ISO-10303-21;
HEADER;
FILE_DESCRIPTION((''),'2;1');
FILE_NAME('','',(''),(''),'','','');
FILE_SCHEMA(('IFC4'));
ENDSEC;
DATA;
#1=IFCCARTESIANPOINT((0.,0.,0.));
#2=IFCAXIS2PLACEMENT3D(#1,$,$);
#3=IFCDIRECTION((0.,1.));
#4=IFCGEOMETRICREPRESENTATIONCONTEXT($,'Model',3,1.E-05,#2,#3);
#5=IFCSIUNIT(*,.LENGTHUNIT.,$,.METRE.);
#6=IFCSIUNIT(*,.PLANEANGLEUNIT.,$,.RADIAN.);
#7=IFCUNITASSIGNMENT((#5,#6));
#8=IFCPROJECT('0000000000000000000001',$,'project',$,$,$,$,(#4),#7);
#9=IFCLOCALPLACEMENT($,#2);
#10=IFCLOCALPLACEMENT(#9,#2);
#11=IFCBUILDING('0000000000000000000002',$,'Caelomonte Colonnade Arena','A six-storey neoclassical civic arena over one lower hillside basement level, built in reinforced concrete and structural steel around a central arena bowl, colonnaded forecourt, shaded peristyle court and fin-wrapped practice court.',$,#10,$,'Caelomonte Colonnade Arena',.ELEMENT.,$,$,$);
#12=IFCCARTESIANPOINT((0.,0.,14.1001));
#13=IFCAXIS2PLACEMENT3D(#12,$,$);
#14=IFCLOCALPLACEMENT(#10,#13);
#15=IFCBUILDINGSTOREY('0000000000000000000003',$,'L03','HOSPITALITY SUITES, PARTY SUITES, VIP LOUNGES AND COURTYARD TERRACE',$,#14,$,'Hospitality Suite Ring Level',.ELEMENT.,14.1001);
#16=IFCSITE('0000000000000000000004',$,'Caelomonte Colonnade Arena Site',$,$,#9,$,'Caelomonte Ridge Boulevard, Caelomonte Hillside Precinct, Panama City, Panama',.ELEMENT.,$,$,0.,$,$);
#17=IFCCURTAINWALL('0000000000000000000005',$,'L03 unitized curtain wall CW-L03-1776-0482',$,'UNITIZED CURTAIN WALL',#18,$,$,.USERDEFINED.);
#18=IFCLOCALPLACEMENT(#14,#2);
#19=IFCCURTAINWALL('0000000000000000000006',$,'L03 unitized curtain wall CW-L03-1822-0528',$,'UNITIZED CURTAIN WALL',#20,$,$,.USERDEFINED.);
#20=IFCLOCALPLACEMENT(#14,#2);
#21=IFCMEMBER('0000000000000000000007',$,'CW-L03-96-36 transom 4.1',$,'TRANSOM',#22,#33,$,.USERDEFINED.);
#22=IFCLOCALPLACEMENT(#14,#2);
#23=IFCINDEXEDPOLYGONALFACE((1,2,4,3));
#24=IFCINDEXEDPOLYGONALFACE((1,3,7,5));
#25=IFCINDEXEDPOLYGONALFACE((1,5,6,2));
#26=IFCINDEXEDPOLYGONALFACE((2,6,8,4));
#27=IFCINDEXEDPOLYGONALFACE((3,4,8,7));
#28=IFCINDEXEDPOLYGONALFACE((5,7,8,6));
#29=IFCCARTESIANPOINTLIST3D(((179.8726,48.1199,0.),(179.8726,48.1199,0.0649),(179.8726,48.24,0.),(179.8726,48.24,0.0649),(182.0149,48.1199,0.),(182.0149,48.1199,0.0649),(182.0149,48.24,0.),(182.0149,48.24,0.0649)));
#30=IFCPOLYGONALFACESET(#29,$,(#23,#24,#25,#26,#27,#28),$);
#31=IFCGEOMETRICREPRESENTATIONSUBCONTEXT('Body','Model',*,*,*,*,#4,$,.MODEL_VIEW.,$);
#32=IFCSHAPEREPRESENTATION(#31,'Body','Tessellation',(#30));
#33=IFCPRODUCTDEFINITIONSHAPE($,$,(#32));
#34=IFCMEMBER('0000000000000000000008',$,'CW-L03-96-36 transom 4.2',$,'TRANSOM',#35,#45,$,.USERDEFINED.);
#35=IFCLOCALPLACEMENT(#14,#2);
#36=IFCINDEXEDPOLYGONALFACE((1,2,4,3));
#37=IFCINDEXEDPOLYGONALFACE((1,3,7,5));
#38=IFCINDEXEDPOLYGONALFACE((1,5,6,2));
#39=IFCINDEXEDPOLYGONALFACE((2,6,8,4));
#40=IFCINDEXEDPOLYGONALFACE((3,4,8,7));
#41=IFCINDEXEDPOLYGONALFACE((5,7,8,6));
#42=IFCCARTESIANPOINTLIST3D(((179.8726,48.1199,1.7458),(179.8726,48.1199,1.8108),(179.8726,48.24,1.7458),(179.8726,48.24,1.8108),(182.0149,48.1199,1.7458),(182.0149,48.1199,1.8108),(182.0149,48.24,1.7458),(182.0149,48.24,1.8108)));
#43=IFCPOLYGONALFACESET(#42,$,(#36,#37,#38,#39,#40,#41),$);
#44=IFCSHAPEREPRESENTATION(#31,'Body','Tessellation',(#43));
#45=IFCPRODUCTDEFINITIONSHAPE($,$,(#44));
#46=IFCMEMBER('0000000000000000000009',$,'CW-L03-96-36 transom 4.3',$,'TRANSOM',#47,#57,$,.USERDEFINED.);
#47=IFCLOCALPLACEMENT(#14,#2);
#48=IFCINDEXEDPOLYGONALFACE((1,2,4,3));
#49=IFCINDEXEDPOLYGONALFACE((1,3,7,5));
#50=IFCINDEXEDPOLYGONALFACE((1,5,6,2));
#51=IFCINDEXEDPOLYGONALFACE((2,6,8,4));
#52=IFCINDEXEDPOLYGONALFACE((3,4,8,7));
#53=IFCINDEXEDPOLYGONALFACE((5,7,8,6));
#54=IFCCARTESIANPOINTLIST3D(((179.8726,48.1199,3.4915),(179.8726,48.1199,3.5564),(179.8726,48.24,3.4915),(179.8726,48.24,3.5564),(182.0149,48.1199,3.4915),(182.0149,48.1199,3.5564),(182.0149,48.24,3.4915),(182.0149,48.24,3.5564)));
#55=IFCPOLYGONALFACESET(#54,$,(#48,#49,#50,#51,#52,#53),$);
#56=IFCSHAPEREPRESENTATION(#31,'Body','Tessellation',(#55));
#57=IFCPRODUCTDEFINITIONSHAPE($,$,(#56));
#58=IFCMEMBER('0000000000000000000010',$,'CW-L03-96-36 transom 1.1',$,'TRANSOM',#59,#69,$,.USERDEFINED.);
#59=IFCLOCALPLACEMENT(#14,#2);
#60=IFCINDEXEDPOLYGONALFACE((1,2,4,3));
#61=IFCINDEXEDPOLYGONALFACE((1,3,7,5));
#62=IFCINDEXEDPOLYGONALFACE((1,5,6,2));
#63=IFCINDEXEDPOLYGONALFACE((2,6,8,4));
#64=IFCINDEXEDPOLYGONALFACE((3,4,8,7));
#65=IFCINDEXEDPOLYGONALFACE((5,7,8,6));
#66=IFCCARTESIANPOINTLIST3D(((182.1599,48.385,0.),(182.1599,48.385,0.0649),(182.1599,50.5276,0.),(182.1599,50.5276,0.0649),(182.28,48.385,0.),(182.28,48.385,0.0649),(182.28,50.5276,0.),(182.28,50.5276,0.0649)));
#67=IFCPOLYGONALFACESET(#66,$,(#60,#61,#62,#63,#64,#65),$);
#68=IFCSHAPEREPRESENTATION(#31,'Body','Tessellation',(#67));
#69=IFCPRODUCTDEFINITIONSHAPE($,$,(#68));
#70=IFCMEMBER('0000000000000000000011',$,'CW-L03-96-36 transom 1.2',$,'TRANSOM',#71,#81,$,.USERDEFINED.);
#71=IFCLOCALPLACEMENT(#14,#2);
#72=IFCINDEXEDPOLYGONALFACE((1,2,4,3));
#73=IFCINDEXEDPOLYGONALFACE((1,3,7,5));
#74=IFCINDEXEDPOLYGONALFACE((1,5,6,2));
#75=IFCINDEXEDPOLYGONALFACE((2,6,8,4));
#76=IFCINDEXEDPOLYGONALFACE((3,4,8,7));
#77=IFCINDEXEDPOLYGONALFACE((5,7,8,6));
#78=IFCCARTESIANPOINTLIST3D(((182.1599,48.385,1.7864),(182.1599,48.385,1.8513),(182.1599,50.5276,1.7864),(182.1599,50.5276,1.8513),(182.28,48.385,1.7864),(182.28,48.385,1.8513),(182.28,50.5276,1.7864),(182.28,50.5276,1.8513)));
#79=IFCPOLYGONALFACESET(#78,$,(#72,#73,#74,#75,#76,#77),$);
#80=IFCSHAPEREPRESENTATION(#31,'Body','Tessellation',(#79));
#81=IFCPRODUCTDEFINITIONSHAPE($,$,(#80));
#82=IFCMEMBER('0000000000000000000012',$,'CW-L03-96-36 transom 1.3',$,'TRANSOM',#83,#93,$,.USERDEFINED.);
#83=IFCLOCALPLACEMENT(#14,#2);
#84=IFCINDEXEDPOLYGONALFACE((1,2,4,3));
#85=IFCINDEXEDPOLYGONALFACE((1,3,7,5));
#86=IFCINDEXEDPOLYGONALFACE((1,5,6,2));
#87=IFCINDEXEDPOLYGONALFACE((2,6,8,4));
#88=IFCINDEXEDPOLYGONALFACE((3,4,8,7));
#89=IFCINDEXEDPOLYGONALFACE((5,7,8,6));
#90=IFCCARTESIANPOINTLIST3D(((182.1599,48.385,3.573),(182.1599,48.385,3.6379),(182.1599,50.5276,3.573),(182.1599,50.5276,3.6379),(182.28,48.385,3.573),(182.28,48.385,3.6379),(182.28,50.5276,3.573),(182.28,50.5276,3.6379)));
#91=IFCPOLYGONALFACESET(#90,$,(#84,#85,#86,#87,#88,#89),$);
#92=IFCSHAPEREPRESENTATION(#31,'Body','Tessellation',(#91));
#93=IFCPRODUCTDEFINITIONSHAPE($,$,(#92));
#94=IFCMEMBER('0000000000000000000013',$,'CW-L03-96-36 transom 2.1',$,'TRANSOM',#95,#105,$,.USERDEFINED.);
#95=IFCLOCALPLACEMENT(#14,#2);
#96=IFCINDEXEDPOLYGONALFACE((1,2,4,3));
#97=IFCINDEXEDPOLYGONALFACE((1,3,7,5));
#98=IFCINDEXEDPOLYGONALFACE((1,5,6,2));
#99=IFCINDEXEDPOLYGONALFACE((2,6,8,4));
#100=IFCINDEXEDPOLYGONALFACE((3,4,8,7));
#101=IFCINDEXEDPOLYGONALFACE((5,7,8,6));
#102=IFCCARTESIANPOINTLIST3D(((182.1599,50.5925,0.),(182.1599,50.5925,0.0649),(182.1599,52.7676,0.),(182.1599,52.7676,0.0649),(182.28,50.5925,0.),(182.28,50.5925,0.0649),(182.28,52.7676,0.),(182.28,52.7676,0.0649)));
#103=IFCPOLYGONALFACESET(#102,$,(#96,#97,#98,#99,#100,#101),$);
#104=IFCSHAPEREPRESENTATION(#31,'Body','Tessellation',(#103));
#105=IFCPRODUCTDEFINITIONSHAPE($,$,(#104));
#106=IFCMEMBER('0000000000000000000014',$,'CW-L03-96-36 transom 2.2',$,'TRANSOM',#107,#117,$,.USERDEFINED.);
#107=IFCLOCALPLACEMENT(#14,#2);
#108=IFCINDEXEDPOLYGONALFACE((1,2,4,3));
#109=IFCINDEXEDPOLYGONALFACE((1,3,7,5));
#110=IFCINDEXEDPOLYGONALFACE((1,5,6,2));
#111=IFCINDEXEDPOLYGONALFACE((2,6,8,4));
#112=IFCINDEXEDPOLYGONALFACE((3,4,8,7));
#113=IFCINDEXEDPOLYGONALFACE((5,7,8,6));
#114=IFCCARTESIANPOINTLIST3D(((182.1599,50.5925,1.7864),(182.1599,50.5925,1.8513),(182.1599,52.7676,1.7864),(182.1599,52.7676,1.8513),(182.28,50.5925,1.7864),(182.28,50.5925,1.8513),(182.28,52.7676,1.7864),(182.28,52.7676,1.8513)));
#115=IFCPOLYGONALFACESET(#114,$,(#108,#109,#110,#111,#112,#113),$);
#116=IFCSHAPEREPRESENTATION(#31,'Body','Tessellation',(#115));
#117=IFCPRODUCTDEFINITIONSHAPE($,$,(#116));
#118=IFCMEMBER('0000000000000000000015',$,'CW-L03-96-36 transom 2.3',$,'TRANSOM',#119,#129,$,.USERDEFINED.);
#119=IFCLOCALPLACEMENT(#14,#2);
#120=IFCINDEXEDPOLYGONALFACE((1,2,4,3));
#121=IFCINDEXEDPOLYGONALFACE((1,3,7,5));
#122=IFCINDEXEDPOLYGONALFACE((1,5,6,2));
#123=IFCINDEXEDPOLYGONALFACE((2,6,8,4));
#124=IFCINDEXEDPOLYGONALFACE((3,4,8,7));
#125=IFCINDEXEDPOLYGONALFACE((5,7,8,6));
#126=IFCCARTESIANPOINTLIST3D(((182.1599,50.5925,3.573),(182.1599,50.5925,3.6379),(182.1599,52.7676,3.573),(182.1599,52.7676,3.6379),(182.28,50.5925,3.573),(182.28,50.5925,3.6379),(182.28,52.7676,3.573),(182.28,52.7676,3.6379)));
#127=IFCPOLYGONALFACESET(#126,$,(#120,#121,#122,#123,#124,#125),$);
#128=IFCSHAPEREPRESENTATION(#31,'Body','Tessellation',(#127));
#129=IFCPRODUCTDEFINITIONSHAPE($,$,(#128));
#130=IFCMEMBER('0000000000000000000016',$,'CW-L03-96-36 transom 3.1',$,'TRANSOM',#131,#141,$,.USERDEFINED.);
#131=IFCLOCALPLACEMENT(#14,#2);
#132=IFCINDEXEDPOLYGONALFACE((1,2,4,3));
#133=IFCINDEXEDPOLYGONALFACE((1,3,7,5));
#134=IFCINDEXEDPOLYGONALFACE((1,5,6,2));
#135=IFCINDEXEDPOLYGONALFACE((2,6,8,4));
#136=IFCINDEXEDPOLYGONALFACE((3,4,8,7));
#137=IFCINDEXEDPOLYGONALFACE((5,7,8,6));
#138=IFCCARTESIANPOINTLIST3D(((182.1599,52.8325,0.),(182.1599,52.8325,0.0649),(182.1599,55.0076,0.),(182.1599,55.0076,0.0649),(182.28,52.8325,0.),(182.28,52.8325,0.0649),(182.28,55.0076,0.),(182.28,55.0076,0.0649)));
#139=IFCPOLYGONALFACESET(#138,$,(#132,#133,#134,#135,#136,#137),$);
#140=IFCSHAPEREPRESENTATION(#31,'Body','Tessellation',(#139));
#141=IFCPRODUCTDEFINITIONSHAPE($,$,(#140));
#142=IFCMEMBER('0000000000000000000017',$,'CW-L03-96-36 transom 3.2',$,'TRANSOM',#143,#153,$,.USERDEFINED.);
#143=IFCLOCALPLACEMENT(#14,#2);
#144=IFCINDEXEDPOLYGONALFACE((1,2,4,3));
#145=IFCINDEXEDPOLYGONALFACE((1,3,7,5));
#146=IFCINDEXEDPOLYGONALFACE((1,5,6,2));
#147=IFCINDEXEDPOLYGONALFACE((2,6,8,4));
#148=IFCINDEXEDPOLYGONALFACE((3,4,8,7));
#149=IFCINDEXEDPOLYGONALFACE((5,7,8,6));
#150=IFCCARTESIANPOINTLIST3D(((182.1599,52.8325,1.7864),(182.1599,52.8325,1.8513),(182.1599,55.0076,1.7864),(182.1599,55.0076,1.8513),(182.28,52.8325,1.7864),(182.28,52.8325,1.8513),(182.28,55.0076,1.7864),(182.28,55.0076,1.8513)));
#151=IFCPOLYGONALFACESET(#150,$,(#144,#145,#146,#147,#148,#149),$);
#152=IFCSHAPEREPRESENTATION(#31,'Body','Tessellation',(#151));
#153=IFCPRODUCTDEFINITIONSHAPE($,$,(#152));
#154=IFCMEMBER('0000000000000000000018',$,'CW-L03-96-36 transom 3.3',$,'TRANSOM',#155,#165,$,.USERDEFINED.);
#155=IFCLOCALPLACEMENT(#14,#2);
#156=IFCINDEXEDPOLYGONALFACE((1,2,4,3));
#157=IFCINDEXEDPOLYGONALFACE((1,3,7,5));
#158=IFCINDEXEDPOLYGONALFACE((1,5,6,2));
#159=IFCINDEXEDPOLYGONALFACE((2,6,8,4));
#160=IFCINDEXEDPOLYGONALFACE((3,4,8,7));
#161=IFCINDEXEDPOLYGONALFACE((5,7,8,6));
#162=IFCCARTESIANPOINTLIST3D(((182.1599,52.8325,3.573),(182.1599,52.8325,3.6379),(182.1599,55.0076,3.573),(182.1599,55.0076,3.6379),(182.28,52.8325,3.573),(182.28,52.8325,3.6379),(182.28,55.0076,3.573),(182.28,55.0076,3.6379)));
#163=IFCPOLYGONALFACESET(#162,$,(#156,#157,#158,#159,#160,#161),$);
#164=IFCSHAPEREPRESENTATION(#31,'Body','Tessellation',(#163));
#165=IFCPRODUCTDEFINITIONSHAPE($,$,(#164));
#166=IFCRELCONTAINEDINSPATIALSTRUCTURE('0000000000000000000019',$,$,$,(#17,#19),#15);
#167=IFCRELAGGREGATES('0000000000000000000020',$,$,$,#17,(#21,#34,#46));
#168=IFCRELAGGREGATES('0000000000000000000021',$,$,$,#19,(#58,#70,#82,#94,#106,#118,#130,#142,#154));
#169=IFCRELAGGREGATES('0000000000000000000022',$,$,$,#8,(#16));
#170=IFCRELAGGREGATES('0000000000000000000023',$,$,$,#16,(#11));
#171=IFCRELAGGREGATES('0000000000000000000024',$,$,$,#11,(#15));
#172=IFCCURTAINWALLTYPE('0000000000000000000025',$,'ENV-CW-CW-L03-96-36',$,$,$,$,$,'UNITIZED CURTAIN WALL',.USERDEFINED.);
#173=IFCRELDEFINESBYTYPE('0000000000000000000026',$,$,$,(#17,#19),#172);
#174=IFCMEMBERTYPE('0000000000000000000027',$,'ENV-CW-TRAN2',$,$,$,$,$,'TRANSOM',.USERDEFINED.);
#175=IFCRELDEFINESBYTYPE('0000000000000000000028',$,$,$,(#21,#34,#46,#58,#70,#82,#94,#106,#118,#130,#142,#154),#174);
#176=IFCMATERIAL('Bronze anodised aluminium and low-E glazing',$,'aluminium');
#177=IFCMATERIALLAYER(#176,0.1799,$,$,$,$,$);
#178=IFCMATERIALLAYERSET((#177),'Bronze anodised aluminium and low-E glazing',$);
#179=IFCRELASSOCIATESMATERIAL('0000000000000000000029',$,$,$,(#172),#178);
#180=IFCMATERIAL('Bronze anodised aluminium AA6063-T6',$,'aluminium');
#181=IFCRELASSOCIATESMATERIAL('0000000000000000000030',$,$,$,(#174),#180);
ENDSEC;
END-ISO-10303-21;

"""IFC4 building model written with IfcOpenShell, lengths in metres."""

from ifc_helpers import new_model, si_unit, direction, frame, origin, origin_2d, place, context, subcontext, project, spatial, rectangle, extrude, material, layer, layer_set, material_profile, profile_set, type_object, element, aggregate, save


model = new_model("IFC4")

# Units and contexts
model_context = context("Model", 3, precision=1e-05, world=origin(), true_north=direction((0.0, 1.0)))
body_context = subcontext(model_context, "Body", "Model", "MODEL_VIEW")
ifc_project = project(units=[si_unit("LENGTHUNIT", "METRE"), si_unit("PLANEANGLEUNIT", "RADIAN")], contexts=[model_context])

# Site, building, storey
site_placement = place(None, origin())
site = spatial("IfcSite", under=ifc_project, at=site_placement, Name="Caelomonte Colonnade Arena Site", LongName="Caelomonte Ridge Boulevard, Caelomonte Hillside Precinct, Panama City, Panama", CompositionType="ELEMENT", RefElevation=0.0)
building_placement = place(site_placement, origin())
building = spatial("IfcBuilding", under=site, at=building_placement, Name="Caelomonte Colonnade Arena", Description="A six-storey neoclassical civic arena over one lower hillside basement level, built in reinforced concrete and structural steel around a central arena bowl, colonnaded forecourt, shaded peristyle court and fin-wrapped practice court.", LongName="Caelomonte Colonnade Arena", CompositionType="ELEMENT")
storey_placement = place(building_placement, frame((0.0, 0.0, 14.1001)))
storey = spatial("IfcBuildingStorey", under=building, at=storey_placement, Name="L03", Description="HOSPITALITY SUITES, PARTY SUITES, VIP LOUNGES AND COURTYARD TERRACE", LongName="Hospitality Suite Ring Level", CompositionType="ELEMENT", Elevation=14.1001)

# Curtain walls
ifc_material_1 = material(Name="Bronze anodised aluminium and low-E glazing", Category="aluminium")
ifc_layer_1 = layer(ifc_material_1, 0.1799)
ifc_layer_set_1 = layer_set([ifc_layer_1], Name="Bronze anodised aluminium and low-E glazing")
curtain_wall_type = type_object("IfcCurtainWallType", Name="ENV-CW-CW-L03-96-36", ElementType="UNITIZED CURTAIN WALL", PredefinedType="USERDEFINED", material=ifc_layer_set_1)
curtain_wall_1_placement = place(storey_placement, origin())
curtain_wall_1 = element("IfcCurtainWall", 1, at=curtain_wall_1_placement, inside=storey, type_object=curtain_wall_type, Name="L03 unitized curtain wall CW-L03-1776-0482", ObjectType="UNITIZED CURTAIN WALL", PredefinedType="USERDEFINED")
ifc_material_2 = material(Name="Bronze anodised aluminium AA6063-T6", Category="aluminium")
curtain_wall_2_placement = place(storey_placement, origin())
curtain_wall_2 = element("IfcCurtainWall", 2, at=curtain_wall_2_placement, inside=storey, type_object=curtain_wall_type, Name="L03 unitized curtain wall CW-L03-1822-0528", ObjectType="UNITIZED CURTAIN WALL", PredefinedType="USERDEFINED")

# Members
ifc_material_profile_1 = material_profile(ifc_material_2, rectangle(XDim=0.0649, YDim=0.1201, at=origin_2d()), Name="CWT-65X120")
ifc_profile_set_1 = profile_set([ifc_material_profile_1], Name="Bronze anodised aluminium AA6063-T6")
member_type_1 = type_object("IfcMemberType", Name="ENV-CW-TRAN2", ElementType="TRANSOM", PredefinedType="USERDEFINED", material=ifc_profile_set_1)
member_1_placement = place(storey_placement, frame((179.8726, 48.1799, 0.0325), z_axis=(1.0, 0.0, 0.0), x_axis=(0.0, 0.0, 1.0)))
member_1 = element("IfcMember", 3, at=member_1_placement, type_object=member_type_1, Name="CW-L03-96-36 transom 4.1", ObjectType="TRANSOM", PredefinedType="USERDEFINED", context=body_context, shape_type="SweptSolid", body=[
    extrude(rectangle(XDim=0.0649, YDim=0.1201, at=origin_2d()), origin(), (0.0, 0.0, 1.0), 2.1423),
])
member_2_placement = place(storey_placement, frame((179.8726, 48.1799, 1.7783), z_axis=(1.0, 0.0, 0.0), x_axis=(0.0, 0.0, 1.0)))
member_2 = element("IfcMember", 4, at=member_2_placement, type_object=member_type_1, Name="CW-L03-96-36 transom 4.2", ObjectType="TRANSOM", PredefinedType="USERDEFINED", context=body_context, shape_type="SweptSolid", body=[
    extrude(rectangle(XDim=0.0649, YDim=0.1201, at=origin_2d()), origin(), (0.0, 0.0, 1.0), 2.1423),
])
member_3_placement = place(storey_placement, frame((179.8726, 48.1799, 3.5239), z_axis=(1.0, 0.0, 0.0), x_axis=(0.0, 0.0, 1.0)))
member_3 = element("IfcMember", 5, at=member_3_placement, type_object=member_type_1, Name="CW-L03-96-36 transom 4.3", ObjectType="TRANSOM", PredefinedType="USERDEFINED", context=body_context, shape_type="SweptSolid", body=[
    extrude(rectangle(XDim=0.0649, YDim=0.1201, at=origin_2d()), origin(), (0.0, 0.0, 1.0), 2.1423),
])
member_4_placement = place(storey_placement, frame((182.22, 48.385, 0.0325), z_axis=(0.0, 1.0, 0.0), x_axis=(0.0, 0.0, 1.0)))
member_4 = element("IfcMember", 6, at=member_4_placement, type_object=member_type_1, Name="CW-L03-96-36 transom 1.1", ObjectType="TRANSOM", PredefinedType="USERDEFINED", context=body_context, shape_type="SweptSolid", body=[
    extrude(rectangle(XDim=0.0649, YDim=0.1201, at=origin_2d()), origin(), (0.0, 0.0, 1.0), 2.1426),
])
member_5_placement = place(storey_placement, frame((182.22, 48.385, 1.8188), z_axis=(0.0, 1.0, 0.0), x_axis=(0.0, 0.0, 1.0)))
member_5 = element("IfcMember", 7, at=member_5_placement, type_object=member_type_1, Name="CW-L03-96-36 transom 1.2", ObjectType="TRANSOM", PredefinedType="USERDEFINED", context=body_context, shape_type="SweptSolid", body=[
    extrude(rectangle(XDim=0.0649, YDim=0.1201, at=origin_2d()), origin(), (0.0, 0.0, 1.0), 2.1426),
])
member_6_placement = place(storey_placement, frame((182.22, 48.385, 3.6055), z_axis=(0.0, 1.0, 0.0), x_axis=(0.0, 0.0, 1.0)))
member_6 = element("IfcMember", 8, at=member_6_placement, type_object=member_type_1, Name="CW-L03-96-36 transom 1.3", ObjectType="TRANSOM", PredefinedType="USERDEFINED", context=body_context, shape_type="SweptSolid", body=[
    extrude(rectangle(XDim=0.0649, YDim=0.1201, at=origin_2d()), origin(), (0.0, 0.0, 1.0), 2.1426),
])
member_7_placement = place(storey_placement, frame((182.22, 50.5925, 0.0325), z_axis=(0.0, 1.0, 0.0), x_axis=(0.0, 0.0, 1.0)))
member_7 = element("IfcMember", 9, at=member_7_placement, type_object=member_type_1, Name="CW-L03-96-36 transom 2.1", ObjectType="TRANSOM", PredefinedType="USERDEFINED", context=body_context, shape_type="SweptSolid", body=[
    extrude(rectangle(XDim=0.0649, YDim=0.1201, at=origin_2d()), origin(), (0.0, 0.0, 1.0), 2.175),
])
member_8_placement = place(storey_placement, frame((182.22, 50.5925, 1.8188), z_axis=(0.0, 1.0, 0.0), x_axis=(0.0, 0.0, 1.0)))
member_8 = element("IfcMember", 10, at=member_8_placement, type_object=member_type_1, Name="CW-L03-96-36 transom 2.2", ObjectType="TRANSOM", PredefinedType="USERDEFINED", context=body_context, shape_type="SweptSolid", body=[
    extrude(rectangle(XDim=0.0649, YDim=0.1201, at=origin_2d()), origin(), (0.0, 0.0, 1.0), 2.175),
])
member_9_placement = place(storey_placement, frame((182.22, 50.5925, 3.6055), z_axis=(0.0, 1.0, 0.0), x_axis=(0.0, 0.0, 1.0)))
member_9 = element("IfcMember", 11, at=member_9_placement, type_object=member_type_1, Name="CW-L03-96-36 transom 2.3", ObjectType="TRANSOM", PredefinedType="USERDEFINED", context=body_context, shape_type="SweptSolid", body=[
    extrude(rectangle(XDim=0.0649, YDim=0.1201, at=origin_2d()), origin(), (0.0, 0.0, 1.0), 2.175),
])
member_10_placement = place(storey_placement, frame((182.22, 52.8325, 0.0325), z_axis=(0.0, 1.0, 0.0), x_axis=(0.0, 0.0, 1.0)))
member_10 = element("IfcMember", 12, at=member_10_placement, type_object=member_type_1, Name="CW-L03-96-36 transom 3.1", ObjectType="TRANSOM", PredefinedType="USERDEFINED", context=body_context, shape_type="SweptSolid", body=[
    extrude(rectangle(XDim=0.0649, YDim=0.1201, at=origin_2d()), origin(), (0.0, 0.0, 1.0), 2.175),
])
member_11_placement = place(storey_placement, frame((182.22, 52.8325, 1.8188), z_axis=(0.0, 1.0, 0.0), x_axis=(0.0, 0.0, 1.0)))
member_11 = element("IfcMember", 13, at=member_11_placement, type_object=member_type_1, Name="CW-L03-96-36 transom 3.2", ObjectType="TRANSOM", PredefinedType="USERDEFINED", context=body_context, shape_type="SweptSolid", body=[
    extrude(rectangle(XDim=0.0649, YDim=0.1201, at=origin_2d()), origin(), (0.0, 0.0, 1.0), 2.175),
])
member_12_placement = place(storey_placement, frame((182.22, 52.8325, 3.6055), z_axis=(0.0, 1.0, 0.0), x_axis=(0.0, 0.0, 1.0)))
member_12 = element("IfcMember", 14, at=member_12_placement, type_object=member_type_1, Name="CW-L03-96-36 transom 3.3", ObjectType="TRANSOM", PredefinedType="USERDEFINED", context=body_context, shape_type="SweptSolid", body=[
    extrude(rectangle(XDim=0.0649, YDim=0.1201, at=origin_2d()), origin(), (0.0, 0.0, 1.0), 2.175),
])

aggregate(curtain_wall_1, [member_1, member_2, member_3])
aggregate(curtain_wall_2, [member_4, member_5, member_6, member_7, member_8, member_9, member_10, member_11, member_12])

save(model, "model.ifc")
